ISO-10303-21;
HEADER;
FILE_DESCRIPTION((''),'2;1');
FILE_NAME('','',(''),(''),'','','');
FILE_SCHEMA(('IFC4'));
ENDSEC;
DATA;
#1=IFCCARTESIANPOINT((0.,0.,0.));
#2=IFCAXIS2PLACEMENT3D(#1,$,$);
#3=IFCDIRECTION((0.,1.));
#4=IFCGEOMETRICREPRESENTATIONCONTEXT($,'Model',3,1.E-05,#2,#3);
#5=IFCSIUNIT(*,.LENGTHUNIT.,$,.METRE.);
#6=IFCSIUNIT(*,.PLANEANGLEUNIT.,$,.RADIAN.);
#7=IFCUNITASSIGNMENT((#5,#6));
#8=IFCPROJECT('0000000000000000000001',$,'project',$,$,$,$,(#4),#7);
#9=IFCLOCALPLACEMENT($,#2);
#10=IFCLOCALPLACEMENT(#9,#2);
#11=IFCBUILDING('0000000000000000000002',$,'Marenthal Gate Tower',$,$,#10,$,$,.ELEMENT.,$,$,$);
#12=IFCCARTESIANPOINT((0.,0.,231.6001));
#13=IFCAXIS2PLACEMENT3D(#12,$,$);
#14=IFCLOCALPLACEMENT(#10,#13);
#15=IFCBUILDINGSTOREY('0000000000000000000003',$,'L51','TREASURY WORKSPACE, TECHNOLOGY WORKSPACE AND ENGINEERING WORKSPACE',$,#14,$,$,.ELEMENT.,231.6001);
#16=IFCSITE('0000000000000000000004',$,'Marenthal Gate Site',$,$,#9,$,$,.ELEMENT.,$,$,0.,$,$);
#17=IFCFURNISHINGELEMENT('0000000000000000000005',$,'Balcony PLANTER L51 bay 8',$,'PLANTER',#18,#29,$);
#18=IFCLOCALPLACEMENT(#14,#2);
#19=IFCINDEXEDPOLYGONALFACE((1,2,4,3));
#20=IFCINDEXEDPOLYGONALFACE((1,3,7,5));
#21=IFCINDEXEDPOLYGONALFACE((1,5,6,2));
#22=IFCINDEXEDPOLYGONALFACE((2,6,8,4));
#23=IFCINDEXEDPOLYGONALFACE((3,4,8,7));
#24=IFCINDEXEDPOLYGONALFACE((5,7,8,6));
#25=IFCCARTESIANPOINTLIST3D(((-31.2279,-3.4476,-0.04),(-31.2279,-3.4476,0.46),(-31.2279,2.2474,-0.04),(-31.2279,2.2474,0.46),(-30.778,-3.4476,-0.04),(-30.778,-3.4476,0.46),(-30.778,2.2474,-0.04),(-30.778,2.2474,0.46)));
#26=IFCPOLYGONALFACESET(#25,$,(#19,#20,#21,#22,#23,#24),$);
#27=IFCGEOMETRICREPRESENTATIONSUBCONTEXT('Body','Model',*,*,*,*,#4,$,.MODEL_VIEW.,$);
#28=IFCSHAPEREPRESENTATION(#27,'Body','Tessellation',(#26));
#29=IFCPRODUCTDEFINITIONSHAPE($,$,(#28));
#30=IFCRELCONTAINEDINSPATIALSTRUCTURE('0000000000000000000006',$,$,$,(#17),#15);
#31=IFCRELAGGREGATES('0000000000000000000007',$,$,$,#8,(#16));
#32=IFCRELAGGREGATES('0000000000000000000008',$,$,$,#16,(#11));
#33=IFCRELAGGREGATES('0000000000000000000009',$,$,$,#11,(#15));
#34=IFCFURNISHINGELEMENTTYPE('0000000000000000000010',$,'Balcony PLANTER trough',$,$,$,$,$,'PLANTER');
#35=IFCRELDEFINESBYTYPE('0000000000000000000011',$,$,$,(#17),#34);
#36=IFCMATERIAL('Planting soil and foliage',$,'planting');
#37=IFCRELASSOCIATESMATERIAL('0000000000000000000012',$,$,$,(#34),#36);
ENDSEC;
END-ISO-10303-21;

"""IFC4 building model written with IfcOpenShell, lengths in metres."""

from ifc_helpers import new_model, si_unit, direction, frame, origin, origin_2d, place, context, subcontext, project, spatial, rectangle, extrude, material, type_object, element, save


model = new_model("IFC4")

# Units and contexts
model_context = context("Model", 3, precision=1e-05, world=origin(), true_north=direction((0.0, 1.0)))
body_context = subcontext(model_context, "Body", "Model", "MODEL_VIEW")
ifc_project = project(units=[si_unit("LENGTHUNIT", "METRE"), si_unit("PLANEANGLEUNIT", "RADIAN")], contexts=[model_context])

# Site, building, storey
site_placement = place(None, origin())
site = spatial("IfcSite", under=ifc_project, at=site_placement, Name="Marenthal Gate Site", CompositionType="ELEMENT", RefElevation=0.0)
building_placement = place(site_placement, origin())
building = spatial("IfcBuilding", under=site, at=building_placement, Name="Marenthal Gate Tower", CompositionType="ELEMENT")
storey_placement = place(building_placement, frame((0.0, 0.0, 231.6001)))
storey = spatial("IfcBuildingStorey", under=building, at=storey_placement, Name="L51", Description="TREASURY WORKSPACE, TECHNOLOGY WORKSPACE AND ENGINEERING WORKSPACE", CompositionType="ELEMENT", Elevation=231.6001)

# Furnishing element
ifc_material_1 = material(Name="Planting soil and foliage", Category="planting")
furnishing_element_type = type_object("IfcFurnishingElementType", Name="Balcony PLANTER trough", ElementType="PLANTER", material=ifc_material_1)
furnishing_placement = place(storey_placement, frame((-31.0029, -0.6001, -0.04), z_axis=(0.0, 0.0, 1.0), x_axis=(0.0, -1.0, 0.0)))
element("IfcFurnishingElement", 1, at=furnishing_placement, inside=storey, type_object=furnishing_element_type, Name="Balcony PLANTER L51 bay 8", ObjectType="PLANTER", context=body_context, shape_type="SweptSolid", body=[
    extrude(rectangle(XDim=5.6951, YDim=0.45, at=origin_2d()), origin(), (0.0, 0.0, 1.0), 0.5),
])

save(model, "model.ifc")
